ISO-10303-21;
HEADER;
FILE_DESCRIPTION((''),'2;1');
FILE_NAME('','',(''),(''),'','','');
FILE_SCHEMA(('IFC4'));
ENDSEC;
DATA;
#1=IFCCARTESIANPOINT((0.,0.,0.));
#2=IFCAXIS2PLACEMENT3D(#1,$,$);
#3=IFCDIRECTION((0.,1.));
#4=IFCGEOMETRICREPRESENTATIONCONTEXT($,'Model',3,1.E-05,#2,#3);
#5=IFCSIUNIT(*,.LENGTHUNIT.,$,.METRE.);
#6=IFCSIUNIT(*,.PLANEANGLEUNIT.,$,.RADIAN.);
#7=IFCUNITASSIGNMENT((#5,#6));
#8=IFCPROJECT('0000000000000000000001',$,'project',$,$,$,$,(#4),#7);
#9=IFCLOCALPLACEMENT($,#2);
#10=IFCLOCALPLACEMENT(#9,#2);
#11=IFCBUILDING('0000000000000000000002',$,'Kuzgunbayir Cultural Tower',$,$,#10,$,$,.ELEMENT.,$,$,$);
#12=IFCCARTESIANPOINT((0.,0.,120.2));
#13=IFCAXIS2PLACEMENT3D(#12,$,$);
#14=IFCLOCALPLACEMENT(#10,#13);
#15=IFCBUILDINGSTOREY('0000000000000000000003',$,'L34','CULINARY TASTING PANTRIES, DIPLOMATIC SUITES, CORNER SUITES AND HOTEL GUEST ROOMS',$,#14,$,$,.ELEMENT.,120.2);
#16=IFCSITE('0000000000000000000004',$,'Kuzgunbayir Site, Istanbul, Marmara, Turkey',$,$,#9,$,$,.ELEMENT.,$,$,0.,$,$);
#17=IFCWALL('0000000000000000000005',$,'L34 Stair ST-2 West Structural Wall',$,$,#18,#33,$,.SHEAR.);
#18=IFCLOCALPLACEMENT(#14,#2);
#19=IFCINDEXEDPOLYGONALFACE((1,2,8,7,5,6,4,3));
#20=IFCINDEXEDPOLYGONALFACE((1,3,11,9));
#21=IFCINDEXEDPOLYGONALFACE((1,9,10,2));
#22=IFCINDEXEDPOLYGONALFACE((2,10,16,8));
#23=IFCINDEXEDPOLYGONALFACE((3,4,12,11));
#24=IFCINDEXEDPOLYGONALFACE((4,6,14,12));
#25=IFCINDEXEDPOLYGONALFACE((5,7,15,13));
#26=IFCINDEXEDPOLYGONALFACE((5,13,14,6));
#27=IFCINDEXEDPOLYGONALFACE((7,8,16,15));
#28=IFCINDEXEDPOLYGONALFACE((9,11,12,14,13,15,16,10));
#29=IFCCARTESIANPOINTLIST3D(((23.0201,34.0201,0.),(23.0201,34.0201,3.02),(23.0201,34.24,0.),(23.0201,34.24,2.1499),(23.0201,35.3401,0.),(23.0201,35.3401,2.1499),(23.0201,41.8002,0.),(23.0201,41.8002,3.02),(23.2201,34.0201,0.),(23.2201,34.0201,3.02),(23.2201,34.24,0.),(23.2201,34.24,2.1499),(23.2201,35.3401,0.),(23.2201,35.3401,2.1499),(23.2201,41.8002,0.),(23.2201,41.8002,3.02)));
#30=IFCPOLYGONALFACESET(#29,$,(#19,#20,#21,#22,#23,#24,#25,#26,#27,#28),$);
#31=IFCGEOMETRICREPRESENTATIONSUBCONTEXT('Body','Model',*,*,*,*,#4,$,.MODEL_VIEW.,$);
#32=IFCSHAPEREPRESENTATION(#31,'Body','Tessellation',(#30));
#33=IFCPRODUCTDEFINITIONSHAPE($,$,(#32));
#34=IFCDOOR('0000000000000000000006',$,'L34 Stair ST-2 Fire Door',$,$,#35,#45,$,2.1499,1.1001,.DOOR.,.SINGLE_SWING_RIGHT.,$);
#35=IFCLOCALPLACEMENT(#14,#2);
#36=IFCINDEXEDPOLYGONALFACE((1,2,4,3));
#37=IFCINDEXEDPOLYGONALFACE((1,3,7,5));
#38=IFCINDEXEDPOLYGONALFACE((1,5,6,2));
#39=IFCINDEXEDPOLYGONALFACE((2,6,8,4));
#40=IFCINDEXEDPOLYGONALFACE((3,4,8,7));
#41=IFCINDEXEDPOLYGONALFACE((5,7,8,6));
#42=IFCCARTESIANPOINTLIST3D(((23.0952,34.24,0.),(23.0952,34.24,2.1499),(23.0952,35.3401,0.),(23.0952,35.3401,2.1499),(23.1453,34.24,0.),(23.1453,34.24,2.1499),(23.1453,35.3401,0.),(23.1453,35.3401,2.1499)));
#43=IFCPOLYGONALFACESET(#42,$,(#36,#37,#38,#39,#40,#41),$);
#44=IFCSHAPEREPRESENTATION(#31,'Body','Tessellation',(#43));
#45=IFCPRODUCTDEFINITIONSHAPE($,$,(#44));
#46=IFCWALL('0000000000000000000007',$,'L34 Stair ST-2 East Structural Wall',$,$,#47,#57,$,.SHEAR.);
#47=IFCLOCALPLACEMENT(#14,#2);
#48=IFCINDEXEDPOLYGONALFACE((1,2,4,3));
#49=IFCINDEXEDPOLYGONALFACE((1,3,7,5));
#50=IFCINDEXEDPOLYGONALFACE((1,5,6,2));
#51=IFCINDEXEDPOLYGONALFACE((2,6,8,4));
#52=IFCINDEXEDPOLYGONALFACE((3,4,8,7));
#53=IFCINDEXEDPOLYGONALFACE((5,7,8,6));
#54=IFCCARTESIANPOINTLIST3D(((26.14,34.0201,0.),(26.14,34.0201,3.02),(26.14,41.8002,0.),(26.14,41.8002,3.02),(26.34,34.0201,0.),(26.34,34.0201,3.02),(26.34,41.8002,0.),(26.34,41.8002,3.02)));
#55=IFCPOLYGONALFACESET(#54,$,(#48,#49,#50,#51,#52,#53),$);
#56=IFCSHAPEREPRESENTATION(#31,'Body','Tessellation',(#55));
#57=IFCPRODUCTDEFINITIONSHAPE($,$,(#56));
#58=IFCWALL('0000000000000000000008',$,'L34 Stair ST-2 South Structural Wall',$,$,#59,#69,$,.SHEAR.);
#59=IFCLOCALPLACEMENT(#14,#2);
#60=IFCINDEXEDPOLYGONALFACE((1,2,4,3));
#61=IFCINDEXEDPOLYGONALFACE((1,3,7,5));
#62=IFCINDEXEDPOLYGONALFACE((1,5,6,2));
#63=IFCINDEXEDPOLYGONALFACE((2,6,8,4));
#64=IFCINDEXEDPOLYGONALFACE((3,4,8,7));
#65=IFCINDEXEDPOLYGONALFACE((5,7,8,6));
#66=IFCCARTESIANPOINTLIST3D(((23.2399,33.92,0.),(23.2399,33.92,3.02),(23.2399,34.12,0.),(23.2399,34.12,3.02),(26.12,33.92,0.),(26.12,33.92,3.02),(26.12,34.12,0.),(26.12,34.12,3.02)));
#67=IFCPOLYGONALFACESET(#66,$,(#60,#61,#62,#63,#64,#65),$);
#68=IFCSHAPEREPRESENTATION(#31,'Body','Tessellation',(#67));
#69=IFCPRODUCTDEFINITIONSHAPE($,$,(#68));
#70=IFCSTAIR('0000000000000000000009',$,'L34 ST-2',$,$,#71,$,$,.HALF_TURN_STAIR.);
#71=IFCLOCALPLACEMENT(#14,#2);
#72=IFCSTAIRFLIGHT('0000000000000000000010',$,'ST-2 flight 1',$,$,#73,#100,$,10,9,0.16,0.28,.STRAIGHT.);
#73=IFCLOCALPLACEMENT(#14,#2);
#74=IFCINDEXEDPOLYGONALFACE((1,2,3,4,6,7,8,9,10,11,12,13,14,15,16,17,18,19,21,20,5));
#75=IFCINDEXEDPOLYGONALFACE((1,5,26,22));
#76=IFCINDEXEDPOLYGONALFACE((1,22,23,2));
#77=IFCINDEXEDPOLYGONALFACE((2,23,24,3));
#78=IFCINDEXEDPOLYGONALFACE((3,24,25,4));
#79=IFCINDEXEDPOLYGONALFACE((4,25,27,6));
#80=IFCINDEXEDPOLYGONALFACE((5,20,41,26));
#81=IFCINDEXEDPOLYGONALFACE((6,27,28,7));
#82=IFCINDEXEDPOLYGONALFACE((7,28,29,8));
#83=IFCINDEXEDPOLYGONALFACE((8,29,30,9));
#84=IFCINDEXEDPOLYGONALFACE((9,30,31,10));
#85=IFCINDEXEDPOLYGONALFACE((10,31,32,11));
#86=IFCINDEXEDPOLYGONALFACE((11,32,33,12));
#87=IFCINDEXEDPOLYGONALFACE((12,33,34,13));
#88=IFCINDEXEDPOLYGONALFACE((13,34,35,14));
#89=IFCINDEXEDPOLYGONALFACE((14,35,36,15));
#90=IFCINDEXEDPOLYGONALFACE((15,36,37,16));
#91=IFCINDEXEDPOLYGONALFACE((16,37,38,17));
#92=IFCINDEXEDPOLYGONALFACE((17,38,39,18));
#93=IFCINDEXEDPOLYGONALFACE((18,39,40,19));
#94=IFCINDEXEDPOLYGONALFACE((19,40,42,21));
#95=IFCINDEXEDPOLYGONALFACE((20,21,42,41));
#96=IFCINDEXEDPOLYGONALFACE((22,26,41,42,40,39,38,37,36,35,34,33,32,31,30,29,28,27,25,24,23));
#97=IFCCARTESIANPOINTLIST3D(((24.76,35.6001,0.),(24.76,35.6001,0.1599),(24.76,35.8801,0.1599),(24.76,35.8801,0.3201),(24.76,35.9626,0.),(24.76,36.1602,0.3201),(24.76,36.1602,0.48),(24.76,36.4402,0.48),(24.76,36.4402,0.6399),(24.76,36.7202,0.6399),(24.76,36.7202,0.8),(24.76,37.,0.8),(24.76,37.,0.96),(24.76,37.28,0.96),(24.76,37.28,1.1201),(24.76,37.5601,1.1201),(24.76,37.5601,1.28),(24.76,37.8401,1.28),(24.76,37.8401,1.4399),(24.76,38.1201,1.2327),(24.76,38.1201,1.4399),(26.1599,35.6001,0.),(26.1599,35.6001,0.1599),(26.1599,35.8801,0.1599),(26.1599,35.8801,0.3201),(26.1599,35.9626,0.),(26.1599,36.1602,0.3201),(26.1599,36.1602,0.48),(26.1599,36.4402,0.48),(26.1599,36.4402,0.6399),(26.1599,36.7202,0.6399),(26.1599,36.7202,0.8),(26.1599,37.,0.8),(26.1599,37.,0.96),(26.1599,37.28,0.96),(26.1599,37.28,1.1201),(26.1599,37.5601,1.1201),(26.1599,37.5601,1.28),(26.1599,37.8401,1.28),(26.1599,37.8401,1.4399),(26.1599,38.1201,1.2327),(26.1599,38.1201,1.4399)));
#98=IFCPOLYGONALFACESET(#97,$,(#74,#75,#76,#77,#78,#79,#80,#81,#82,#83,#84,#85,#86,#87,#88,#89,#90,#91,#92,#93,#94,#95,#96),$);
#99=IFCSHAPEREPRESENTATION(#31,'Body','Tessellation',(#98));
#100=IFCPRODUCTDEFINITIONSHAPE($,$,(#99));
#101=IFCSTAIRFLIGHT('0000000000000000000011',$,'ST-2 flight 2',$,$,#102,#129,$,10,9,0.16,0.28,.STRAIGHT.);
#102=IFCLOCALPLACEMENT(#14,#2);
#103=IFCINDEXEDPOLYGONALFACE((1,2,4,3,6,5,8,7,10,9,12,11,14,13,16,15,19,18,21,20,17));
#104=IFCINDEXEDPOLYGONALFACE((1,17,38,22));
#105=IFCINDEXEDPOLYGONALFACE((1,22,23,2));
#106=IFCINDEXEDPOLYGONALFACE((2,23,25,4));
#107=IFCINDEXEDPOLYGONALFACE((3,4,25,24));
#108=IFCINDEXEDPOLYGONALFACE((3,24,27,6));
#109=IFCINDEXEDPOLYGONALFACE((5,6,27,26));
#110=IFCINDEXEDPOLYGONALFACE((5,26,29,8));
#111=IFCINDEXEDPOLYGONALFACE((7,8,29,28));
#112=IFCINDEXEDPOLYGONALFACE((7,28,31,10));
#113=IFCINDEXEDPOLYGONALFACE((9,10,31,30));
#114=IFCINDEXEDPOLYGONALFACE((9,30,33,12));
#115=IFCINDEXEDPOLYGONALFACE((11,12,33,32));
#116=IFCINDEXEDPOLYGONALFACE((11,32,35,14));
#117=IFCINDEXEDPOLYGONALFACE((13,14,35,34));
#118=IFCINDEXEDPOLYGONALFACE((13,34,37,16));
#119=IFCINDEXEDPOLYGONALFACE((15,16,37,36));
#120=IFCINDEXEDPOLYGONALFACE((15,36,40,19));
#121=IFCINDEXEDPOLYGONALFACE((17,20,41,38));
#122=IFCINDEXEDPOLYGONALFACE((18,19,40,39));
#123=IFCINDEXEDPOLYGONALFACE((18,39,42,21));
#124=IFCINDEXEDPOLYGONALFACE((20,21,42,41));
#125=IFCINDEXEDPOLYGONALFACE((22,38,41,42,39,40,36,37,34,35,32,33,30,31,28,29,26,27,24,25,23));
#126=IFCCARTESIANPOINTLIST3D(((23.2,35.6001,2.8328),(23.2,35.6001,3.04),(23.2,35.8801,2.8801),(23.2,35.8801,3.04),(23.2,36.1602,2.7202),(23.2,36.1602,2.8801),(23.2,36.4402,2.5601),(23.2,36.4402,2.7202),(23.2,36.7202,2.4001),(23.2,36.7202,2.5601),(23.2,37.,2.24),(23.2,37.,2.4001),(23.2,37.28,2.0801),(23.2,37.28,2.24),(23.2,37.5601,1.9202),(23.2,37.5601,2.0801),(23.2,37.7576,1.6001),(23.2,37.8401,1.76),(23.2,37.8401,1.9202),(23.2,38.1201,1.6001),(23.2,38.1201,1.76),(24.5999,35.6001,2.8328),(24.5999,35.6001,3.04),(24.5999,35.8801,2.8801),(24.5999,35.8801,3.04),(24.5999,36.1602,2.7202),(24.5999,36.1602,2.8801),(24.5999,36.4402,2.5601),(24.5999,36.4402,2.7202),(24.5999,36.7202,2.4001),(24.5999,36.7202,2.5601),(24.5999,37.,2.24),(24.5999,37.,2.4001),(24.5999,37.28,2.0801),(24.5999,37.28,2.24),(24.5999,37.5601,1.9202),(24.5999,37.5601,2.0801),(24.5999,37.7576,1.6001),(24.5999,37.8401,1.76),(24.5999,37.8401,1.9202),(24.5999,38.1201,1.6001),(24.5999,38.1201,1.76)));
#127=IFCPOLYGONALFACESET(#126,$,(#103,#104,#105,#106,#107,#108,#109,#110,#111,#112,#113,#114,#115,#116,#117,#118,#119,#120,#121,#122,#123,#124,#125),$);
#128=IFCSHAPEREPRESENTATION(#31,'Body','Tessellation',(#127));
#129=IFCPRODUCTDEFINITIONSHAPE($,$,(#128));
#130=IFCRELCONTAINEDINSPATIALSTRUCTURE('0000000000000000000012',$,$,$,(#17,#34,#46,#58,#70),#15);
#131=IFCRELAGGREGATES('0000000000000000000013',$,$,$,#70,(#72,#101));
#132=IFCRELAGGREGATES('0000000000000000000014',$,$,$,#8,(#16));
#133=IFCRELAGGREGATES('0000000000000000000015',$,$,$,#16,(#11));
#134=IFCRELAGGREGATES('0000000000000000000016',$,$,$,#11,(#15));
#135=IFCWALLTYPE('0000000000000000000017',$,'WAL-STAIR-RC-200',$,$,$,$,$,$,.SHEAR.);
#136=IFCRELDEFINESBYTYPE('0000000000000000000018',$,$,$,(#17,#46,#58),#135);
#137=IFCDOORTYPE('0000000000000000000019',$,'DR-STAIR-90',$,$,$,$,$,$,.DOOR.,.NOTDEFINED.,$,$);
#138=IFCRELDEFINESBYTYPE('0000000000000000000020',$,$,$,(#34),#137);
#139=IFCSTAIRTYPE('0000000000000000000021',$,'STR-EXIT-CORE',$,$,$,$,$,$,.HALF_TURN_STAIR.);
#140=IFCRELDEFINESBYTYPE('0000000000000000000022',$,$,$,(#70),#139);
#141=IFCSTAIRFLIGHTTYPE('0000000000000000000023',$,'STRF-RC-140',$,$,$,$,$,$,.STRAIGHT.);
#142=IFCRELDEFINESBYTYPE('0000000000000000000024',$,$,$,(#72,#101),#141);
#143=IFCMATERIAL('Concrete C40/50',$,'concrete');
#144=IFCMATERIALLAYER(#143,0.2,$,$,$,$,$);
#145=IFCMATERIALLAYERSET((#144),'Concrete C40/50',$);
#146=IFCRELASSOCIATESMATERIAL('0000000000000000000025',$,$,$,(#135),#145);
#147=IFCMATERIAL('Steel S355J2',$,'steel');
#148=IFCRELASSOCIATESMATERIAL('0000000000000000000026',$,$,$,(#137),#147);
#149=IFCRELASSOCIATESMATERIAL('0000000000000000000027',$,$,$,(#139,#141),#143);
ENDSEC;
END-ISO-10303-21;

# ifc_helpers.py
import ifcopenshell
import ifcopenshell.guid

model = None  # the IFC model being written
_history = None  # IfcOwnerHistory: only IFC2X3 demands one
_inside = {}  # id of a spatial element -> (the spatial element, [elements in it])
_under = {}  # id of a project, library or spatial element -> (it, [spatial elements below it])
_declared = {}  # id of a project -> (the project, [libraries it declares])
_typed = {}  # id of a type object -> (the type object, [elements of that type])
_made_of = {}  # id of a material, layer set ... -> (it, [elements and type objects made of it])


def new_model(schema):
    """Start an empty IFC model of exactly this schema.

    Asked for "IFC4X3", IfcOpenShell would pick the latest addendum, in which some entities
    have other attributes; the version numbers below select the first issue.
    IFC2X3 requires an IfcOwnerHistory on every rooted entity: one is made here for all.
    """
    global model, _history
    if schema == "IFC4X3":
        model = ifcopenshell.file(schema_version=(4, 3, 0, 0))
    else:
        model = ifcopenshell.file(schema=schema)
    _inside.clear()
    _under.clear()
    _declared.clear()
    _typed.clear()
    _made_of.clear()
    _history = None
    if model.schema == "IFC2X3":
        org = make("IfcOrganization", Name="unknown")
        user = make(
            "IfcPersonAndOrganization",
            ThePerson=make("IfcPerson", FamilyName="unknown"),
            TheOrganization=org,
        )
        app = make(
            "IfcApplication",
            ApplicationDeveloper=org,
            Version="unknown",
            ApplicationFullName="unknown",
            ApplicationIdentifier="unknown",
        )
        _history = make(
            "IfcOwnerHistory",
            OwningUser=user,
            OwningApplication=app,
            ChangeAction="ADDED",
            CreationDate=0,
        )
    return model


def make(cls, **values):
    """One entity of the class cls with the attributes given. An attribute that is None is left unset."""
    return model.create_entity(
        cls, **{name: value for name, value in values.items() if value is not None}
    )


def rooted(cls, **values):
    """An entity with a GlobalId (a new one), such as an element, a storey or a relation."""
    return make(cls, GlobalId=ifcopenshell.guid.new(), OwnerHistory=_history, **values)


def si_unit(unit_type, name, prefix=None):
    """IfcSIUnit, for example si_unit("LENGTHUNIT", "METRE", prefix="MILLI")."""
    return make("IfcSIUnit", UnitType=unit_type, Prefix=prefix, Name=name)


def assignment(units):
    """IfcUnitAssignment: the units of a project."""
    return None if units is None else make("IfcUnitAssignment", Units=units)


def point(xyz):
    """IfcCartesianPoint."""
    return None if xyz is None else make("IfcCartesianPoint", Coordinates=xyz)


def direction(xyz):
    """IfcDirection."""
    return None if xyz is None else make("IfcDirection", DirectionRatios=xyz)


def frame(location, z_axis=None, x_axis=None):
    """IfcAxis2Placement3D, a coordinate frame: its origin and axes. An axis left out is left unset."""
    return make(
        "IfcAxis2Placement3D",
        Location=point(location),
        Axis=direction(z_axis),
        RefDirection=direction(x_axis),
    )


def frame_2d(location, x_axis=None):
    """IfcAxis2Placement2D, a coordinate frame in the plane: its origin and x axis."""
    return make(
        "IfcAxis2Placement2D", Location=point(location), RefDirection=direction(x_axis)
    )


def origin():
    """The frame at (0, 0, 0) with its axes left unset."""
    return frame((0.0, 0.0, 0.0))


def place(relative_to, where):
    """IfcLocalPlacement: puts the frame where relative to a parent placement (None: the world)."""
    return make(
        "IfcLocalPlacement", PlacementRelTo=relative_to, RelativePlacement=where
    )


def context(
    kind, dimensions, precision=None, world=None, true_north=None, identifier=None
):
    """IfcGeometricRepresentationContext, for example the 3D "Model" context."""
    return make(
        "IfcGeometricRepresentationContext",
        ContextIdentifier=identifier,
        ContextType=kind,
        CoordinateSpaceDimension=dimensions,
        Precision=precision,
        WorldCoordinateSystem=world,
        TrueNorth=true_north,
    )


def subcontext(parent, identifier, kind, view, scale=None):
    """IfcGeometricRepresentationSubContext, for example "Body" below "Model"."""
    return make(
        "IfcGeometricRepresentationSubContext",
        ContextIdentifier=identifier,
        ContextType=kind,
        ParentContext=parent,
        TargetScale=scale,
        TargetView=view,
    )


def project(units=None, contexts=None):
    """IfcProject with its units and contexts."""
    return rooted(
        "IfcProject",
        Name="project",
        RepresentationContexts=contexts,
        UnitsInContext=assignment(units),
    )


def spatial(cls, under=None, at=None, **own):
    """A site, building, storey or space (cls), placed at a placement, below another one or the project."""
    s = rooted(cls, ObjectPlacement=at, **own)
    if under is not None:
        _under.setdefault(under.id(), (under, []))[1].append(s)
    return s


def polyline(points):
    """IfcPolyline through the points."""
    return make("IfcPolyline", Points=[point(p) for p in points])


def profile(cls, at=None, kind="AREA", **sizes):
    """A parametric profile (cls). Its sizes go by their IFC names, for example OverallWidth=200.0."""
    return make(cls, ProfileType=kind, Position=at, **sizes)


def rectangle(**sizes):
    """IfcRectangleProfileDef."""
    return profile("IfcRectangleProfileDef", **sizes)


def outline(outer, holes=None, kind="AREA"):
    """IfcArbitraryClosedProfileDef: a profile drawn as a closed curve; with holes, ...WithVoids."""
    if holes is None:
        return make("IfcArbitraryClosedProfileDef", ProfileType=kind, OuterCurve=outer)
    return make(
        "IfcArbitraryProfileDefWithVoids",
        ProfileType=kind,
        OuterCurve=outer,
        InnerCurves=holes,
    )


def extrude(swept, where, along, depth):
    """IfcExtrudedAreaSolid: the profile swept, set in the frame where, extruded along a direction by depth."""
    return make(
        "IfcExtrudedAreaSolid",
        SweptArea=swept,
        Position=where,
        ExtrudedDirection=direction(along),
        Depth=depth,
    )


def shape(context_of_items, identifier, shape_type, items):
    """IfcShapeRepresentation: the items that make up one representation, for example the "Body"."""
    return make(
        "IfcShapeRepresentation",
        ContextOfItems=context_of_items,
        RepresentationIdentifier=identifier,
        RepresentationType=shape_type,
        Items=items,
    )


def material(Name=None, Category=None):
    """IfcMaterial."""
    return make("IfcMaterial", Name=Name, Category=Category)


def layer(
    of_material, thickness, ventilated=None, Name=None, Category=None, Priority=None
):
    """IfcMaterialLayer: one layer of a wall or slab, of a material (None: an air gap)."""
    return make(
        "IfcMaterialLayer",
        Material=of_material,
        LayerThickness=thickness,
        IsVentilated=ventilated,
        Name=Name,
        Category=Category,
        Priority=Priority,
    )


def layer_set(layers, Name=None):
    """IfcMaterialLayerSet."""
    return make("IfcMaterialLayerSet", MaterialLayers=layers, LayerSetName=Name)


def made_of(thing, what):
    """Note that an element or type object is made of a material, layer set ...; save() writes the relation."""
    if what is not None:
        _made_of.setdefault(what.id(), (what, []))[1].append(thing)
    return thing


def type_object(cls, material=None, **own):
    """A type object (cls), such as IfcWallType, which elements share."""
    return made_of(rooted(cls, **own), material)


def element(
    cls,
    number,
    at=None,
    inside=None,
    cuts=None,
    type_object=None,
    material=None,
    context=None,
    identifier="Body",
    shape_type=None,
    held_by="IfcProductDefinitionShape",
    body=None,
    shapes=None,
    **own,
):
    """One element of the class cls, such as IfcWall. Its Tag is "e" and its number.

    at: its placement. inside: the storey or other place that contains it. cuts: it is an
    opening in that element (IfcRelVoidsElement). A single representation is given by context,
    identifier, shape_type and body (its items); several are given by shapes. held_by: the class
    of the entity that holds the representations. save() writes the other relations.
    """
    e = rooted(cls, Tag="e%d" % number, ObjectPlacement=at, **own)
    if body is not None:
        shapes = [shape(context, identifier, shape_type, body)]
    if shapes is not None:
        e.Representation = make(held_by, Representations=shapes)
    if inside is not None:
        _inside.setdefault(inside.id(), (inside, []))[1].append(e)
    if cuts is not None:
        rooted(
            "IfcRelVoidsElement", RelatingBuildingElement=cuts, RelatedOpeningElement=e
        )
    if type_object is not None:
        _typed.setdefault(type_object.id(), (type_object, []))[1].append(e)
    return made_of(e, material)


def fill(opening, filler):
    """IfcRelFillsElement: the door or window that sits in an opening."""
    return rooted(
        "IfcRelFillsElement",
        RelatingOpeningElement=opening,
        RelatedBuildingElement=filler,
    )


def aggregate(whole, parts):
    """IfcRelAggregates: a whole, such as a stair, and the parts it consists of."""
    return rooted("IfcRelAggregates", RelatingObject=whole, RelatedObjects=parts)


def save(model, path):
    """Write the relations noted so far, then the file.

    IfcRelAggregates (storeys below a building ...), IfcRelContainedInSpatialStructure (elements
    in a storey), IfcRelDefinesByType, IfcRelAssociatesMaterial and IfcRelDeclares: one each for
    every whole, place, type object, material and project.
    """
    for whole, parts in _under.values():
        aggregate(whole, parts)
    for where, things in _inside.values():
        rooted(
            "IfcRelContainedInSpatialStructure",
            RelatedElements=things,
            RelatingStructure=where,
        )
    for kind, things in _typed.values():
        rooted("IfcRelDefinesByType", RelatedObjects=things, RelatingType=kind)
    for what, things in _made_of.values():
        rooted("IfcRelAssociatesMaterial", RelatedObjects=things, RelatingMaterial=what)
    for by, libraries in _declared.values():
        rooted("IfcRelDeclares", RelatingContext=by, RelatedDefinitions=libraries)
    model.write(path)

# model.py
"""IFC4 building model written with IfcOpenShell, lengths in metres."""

from ifc_helpers import new_model, si_unit, direction, frame, frame_2d, origin, place, context, subcontext, project, spatial, polyline, rectangle, outline, extrude, material, layer, layer_set, type_object, element, fill, aggregate, save


model = new_model("IFC4")

# Units and contexts
model_context = context("Model", 3, precision=1e-05, world=origin(), true_north=direction((0.0, 1.0)))
body_context = subcontext(model_context, "Body", "Model", "MODEL_VIEW")
ifc_project = project(units=[si_unit("LENGTHUNIT", "METRE"), si_unit("PLANEANGLEUNIT", "RADIAN")], contexts=[model_context])

# Site, building, storey
site_placement = place(None, origin())
site = spatial("IfcSite", under=ifc_project, at=site_placement, Name="Kuzgunbayir Site, Istanbul, Marmara, Turkey", CompositionType="ELEMENT", RefElevation=0.0)
building_placement = place(site_placement, origin())
building = spatial("IfcBuilding", under=site, at=building_placement, Name="Kuzgunbayir Cultural Tower", CompositionType="ELEMENT")
storey_placement = place(building_placement, frame((0.0, 0.0, 120.2)))
storey = spatial("IfcBuildingStorey", under=building, at=storey_placement, Name="L34", Description="CULINARY TASTING PANTRIES, DIPLOMATIC SUITES, CORNER SUITES AND HOTEL GUEST ROOMS", CompositionType="ELEMENT", Elevation=120.2)

# Shared definitions
ifc_material_1 = material(Name="Steel S355J2", Category="steel")

# Shared definitions
ifc_material_2 = material(Name="Concrete C40/50", Category="concrete")

# Wall, opening, door
ifc_layer_1 = layer(ifc_material_2, 0.2)
ifc_layer_set_1 = layer_set([ifc_layer_1], Name="Concrete C40/50")
wall_type_1 = type_object("IfcWallType", Name="WAL-STAIR-RC-200", PredefinedType="SHEAR", material=ifc_layer_set_1)
wall_1_placement = place(storey_placement, frame((23.1201, 34.02, 0.0), z_axis=(0.0, 0.0, 1.0), x_axis=(0.0, 1.0, 0.0)))
wall_1 = element("IfcWall", 1, at=wall_1_placement, inside=storey, type_object=wall_type_1, Name="L34 Stair ST-2 West Structural Wall", PredefinedType="SHEAR", context=body_context, shape_type="SweptSolid", body=[
    extrude(rectangle(XDim=7.78, YDim=0.2, at=frame_2d((3.8901, 0.0))), origin(), (0.0, 0.0, 1.0), 3.02),
])
opening_1_placement = place(wall_1_placement, frame((0.22, 0.0, 0.0)))
opening_1 = element("IfcOpeningElement", 2, at=opening_1_placement, cuts=wall_1, PredefinedType="OPENING", context=body_context, shape_type="SweptSolid", body=[
    extrude(rectangle(XDim=1.1001, YDim=2.1499, at=frame_2d((0.55, 1.075))), frame((0.0, 0.1099, 0.0), z_axis=(0.0, -1.0, 0.0), x_axis=(1.0, 0.0, 0.0)), (0.0, 0.0, 1.0), 0.22),
])
door_type_1 = type_object("IfcDoorType", Name="DR-STAIR-90", OperationType="NOTDEFINED", PredefinedType="DOOR", material=ifc_material_1)
door_1_placement = place(opening_1_placement, origin())
door_1 = element("IfcDoor", 3, at=door_1_placement, inside=storey, type_object=door_type_1, Name="L34 Stair ST-2 Fire Door", OperationType="SINGLE_SWING_RIGHT", OverallHeight=2.1499, OverallWidth=1.1001, PredefinedType="DOOR", context=body_context, shape_type="SweptSolid", body=[
    extrude(rectangle(XDim=1.1001, YDim=2.1499, at=frame_2d((0.55, 1.075))), frame((0.0, 0.0249, 0.0), z_axis=(0.0, -1.0, 0.0), x_axis=(1.0, 0.0, 0.0)), (0.0, 0.0, 1.0), 0.05),
])
fill(opening_1, door_1)

# Walls
wall_2_placement = place(storey_placement, frame((26.24, 34.02, 0.0), z_axis=(0.0, 0.0, 1.0), x_axis=(0.0, 1.0, 0.0)))
element("IfcWall", 4, at=wall_2_placement, inside=storey, type_object=wall_type_1, Name="L34 Stair ST-2 East Structural Wall", PredefinedType="SHEAR", context=body_context, shape_type="SweptSolid", body=[
    extrude(rectangle(XDim=7.78, YDim=0.2, at=frame_2d((3.8901, 0.0))), origin(), (0.0, 0.0, 1.0), 3.02),
])
wall_3_placement = place(storey_placement, frame((23.24, 34.02, 0.0), z_axis=(0.0, 0.0, 1.0), x_axis=(1.0, 0.0, 0.0)))
element("IfcWall", 5, at=wall_3_placement, inside=storey, type_object=wall_type_1, Name="L34 Stair ST-2 South Structural Wall", PredefinedType="SHEAR", context=body_context, shape_type="SweptSolid", body=[
    extrude(rectangle(XDim=2.8801, YDim=0.2, at=frame_2d((1.4399, 0.0))), origin(), (0.0, 0.0, 1.0), 3.02),
])

# Stair, stair flights
stair_type = type_object("IfcStairType", Name="STR-EXIT-CORE", PredefinedType="HALF_TURN_STAIR", material=ifc_material_2)
stair_placement = place(storey_placement, origin())
stair = element("IfcStair", 6, at=stair_placement, inside=storey, type_object=stair_type, Name="L34 ST-2", PredefinedType="HALF_TURN_STAIR")
stair_flight_type = type_object("IfcStairFlightType", Name="STRF-RC-140", PredefinedType="STRAIGHT", material=ifc_material_2)
stair_flight_1_placement = place(storey_placement, frame((25.46, 35.6001, 0.0), z_axis=(0.0, 0.0, 1.0), x_axis=(0.0, 1.0, 0.0)))
stair_flight_1 = element("IfcStairFlight", 7, at=stair_flight_1_placement, type_object=stair_flight_type, Name="ST-2 flight 1", NumberOfRisers=10, NumberOfTreads=9, PredefinedType="STRAIGHT", RiserHeight=0.16, TreadLength=0.28, context=body_context, shape_type="SweptSolid", body=[
    extrude(outline(polyline([(0.0, 0.0), (0.0, 0.1599), (0.28, 0.1599), (0.28, 0.3201), (0.5601, 0.3201), (0.5601, 0.48), (0.8401, 0.48), (0.8401, 0.6399), (1.1201, 0.6399), (1.1201, 0.8), (1.3999, 0.8), (1.3999, 0.96), (1.6799, 0.96), (1.6799, 1.1201), (1.96, 1.1201), (1.96, 1.28), (2.24, 1.28), (2.24, 1.4399), (2.52, 1.4399), (2.52, 1.6001), (2.52, 1.2327), (0.3625, 0.0), (0.0, 0.0)])), frame((0.0, 0.7, 0.0), z_axis=(0.0, -1.0, 0.0), x_axis=(1.0, 0.0, 0.0)), (0.0, 0.0, 1.0), 1.3999),
])
stair_flight_2_placement = place(storey_placement, frame((23.8999, 38.1201, 1.6001), z_axis=(0.0, 0.0, 1.0), x_axis=(0.0, -1.0, 0.0)))
stair_flight_2 = element("IfcStairFlight", 8, at=stair_flight_2_placement, type_object=stair_flight_type, Name="ST-2 flight 2", NumberOfRisers=10, NumberOfTreads=9, PredefinedType="STRAIGHT", RiserHeight=0.16, TreadLength=0.28, context=body_context, shape_type="SweptSolid", body=[
    extrude(outline(polyline([(0.0, 0.0), (0.0, 0.1599), (0.28, 0.1599), (0.28, 0.3201), (0.5601, 0.3201), (0.5601, 0.48), (0.8401, 0.48), (0.8401, 0.6399), (1.1201, 0.6399), (1.1201, 0.8), (1.3999, 0.8), (1.3999, 0.96), (1.6799, 0.96), (1.6799, 1.1201), (1.96, 1.1201), (1.96, 1.28), (2.24, 1.28), (2.24, 1.4399), (2.52, 1.4399), (2.52, 1.6001), (2.52, 1.2327), (0.3625, 0.0), (0.0, 0.0)])), frame((0.0, 0.7, 0.0), z_axis=(0.0, -1.0, 0.0), x_axis=(1.0, 0.0, 0.0)), (0.0, 0.0, 1.0), 1.3999),
])
aggregate(stair, [stair_flight_1, stair_flight_2])

save(model, "model.ifc")
